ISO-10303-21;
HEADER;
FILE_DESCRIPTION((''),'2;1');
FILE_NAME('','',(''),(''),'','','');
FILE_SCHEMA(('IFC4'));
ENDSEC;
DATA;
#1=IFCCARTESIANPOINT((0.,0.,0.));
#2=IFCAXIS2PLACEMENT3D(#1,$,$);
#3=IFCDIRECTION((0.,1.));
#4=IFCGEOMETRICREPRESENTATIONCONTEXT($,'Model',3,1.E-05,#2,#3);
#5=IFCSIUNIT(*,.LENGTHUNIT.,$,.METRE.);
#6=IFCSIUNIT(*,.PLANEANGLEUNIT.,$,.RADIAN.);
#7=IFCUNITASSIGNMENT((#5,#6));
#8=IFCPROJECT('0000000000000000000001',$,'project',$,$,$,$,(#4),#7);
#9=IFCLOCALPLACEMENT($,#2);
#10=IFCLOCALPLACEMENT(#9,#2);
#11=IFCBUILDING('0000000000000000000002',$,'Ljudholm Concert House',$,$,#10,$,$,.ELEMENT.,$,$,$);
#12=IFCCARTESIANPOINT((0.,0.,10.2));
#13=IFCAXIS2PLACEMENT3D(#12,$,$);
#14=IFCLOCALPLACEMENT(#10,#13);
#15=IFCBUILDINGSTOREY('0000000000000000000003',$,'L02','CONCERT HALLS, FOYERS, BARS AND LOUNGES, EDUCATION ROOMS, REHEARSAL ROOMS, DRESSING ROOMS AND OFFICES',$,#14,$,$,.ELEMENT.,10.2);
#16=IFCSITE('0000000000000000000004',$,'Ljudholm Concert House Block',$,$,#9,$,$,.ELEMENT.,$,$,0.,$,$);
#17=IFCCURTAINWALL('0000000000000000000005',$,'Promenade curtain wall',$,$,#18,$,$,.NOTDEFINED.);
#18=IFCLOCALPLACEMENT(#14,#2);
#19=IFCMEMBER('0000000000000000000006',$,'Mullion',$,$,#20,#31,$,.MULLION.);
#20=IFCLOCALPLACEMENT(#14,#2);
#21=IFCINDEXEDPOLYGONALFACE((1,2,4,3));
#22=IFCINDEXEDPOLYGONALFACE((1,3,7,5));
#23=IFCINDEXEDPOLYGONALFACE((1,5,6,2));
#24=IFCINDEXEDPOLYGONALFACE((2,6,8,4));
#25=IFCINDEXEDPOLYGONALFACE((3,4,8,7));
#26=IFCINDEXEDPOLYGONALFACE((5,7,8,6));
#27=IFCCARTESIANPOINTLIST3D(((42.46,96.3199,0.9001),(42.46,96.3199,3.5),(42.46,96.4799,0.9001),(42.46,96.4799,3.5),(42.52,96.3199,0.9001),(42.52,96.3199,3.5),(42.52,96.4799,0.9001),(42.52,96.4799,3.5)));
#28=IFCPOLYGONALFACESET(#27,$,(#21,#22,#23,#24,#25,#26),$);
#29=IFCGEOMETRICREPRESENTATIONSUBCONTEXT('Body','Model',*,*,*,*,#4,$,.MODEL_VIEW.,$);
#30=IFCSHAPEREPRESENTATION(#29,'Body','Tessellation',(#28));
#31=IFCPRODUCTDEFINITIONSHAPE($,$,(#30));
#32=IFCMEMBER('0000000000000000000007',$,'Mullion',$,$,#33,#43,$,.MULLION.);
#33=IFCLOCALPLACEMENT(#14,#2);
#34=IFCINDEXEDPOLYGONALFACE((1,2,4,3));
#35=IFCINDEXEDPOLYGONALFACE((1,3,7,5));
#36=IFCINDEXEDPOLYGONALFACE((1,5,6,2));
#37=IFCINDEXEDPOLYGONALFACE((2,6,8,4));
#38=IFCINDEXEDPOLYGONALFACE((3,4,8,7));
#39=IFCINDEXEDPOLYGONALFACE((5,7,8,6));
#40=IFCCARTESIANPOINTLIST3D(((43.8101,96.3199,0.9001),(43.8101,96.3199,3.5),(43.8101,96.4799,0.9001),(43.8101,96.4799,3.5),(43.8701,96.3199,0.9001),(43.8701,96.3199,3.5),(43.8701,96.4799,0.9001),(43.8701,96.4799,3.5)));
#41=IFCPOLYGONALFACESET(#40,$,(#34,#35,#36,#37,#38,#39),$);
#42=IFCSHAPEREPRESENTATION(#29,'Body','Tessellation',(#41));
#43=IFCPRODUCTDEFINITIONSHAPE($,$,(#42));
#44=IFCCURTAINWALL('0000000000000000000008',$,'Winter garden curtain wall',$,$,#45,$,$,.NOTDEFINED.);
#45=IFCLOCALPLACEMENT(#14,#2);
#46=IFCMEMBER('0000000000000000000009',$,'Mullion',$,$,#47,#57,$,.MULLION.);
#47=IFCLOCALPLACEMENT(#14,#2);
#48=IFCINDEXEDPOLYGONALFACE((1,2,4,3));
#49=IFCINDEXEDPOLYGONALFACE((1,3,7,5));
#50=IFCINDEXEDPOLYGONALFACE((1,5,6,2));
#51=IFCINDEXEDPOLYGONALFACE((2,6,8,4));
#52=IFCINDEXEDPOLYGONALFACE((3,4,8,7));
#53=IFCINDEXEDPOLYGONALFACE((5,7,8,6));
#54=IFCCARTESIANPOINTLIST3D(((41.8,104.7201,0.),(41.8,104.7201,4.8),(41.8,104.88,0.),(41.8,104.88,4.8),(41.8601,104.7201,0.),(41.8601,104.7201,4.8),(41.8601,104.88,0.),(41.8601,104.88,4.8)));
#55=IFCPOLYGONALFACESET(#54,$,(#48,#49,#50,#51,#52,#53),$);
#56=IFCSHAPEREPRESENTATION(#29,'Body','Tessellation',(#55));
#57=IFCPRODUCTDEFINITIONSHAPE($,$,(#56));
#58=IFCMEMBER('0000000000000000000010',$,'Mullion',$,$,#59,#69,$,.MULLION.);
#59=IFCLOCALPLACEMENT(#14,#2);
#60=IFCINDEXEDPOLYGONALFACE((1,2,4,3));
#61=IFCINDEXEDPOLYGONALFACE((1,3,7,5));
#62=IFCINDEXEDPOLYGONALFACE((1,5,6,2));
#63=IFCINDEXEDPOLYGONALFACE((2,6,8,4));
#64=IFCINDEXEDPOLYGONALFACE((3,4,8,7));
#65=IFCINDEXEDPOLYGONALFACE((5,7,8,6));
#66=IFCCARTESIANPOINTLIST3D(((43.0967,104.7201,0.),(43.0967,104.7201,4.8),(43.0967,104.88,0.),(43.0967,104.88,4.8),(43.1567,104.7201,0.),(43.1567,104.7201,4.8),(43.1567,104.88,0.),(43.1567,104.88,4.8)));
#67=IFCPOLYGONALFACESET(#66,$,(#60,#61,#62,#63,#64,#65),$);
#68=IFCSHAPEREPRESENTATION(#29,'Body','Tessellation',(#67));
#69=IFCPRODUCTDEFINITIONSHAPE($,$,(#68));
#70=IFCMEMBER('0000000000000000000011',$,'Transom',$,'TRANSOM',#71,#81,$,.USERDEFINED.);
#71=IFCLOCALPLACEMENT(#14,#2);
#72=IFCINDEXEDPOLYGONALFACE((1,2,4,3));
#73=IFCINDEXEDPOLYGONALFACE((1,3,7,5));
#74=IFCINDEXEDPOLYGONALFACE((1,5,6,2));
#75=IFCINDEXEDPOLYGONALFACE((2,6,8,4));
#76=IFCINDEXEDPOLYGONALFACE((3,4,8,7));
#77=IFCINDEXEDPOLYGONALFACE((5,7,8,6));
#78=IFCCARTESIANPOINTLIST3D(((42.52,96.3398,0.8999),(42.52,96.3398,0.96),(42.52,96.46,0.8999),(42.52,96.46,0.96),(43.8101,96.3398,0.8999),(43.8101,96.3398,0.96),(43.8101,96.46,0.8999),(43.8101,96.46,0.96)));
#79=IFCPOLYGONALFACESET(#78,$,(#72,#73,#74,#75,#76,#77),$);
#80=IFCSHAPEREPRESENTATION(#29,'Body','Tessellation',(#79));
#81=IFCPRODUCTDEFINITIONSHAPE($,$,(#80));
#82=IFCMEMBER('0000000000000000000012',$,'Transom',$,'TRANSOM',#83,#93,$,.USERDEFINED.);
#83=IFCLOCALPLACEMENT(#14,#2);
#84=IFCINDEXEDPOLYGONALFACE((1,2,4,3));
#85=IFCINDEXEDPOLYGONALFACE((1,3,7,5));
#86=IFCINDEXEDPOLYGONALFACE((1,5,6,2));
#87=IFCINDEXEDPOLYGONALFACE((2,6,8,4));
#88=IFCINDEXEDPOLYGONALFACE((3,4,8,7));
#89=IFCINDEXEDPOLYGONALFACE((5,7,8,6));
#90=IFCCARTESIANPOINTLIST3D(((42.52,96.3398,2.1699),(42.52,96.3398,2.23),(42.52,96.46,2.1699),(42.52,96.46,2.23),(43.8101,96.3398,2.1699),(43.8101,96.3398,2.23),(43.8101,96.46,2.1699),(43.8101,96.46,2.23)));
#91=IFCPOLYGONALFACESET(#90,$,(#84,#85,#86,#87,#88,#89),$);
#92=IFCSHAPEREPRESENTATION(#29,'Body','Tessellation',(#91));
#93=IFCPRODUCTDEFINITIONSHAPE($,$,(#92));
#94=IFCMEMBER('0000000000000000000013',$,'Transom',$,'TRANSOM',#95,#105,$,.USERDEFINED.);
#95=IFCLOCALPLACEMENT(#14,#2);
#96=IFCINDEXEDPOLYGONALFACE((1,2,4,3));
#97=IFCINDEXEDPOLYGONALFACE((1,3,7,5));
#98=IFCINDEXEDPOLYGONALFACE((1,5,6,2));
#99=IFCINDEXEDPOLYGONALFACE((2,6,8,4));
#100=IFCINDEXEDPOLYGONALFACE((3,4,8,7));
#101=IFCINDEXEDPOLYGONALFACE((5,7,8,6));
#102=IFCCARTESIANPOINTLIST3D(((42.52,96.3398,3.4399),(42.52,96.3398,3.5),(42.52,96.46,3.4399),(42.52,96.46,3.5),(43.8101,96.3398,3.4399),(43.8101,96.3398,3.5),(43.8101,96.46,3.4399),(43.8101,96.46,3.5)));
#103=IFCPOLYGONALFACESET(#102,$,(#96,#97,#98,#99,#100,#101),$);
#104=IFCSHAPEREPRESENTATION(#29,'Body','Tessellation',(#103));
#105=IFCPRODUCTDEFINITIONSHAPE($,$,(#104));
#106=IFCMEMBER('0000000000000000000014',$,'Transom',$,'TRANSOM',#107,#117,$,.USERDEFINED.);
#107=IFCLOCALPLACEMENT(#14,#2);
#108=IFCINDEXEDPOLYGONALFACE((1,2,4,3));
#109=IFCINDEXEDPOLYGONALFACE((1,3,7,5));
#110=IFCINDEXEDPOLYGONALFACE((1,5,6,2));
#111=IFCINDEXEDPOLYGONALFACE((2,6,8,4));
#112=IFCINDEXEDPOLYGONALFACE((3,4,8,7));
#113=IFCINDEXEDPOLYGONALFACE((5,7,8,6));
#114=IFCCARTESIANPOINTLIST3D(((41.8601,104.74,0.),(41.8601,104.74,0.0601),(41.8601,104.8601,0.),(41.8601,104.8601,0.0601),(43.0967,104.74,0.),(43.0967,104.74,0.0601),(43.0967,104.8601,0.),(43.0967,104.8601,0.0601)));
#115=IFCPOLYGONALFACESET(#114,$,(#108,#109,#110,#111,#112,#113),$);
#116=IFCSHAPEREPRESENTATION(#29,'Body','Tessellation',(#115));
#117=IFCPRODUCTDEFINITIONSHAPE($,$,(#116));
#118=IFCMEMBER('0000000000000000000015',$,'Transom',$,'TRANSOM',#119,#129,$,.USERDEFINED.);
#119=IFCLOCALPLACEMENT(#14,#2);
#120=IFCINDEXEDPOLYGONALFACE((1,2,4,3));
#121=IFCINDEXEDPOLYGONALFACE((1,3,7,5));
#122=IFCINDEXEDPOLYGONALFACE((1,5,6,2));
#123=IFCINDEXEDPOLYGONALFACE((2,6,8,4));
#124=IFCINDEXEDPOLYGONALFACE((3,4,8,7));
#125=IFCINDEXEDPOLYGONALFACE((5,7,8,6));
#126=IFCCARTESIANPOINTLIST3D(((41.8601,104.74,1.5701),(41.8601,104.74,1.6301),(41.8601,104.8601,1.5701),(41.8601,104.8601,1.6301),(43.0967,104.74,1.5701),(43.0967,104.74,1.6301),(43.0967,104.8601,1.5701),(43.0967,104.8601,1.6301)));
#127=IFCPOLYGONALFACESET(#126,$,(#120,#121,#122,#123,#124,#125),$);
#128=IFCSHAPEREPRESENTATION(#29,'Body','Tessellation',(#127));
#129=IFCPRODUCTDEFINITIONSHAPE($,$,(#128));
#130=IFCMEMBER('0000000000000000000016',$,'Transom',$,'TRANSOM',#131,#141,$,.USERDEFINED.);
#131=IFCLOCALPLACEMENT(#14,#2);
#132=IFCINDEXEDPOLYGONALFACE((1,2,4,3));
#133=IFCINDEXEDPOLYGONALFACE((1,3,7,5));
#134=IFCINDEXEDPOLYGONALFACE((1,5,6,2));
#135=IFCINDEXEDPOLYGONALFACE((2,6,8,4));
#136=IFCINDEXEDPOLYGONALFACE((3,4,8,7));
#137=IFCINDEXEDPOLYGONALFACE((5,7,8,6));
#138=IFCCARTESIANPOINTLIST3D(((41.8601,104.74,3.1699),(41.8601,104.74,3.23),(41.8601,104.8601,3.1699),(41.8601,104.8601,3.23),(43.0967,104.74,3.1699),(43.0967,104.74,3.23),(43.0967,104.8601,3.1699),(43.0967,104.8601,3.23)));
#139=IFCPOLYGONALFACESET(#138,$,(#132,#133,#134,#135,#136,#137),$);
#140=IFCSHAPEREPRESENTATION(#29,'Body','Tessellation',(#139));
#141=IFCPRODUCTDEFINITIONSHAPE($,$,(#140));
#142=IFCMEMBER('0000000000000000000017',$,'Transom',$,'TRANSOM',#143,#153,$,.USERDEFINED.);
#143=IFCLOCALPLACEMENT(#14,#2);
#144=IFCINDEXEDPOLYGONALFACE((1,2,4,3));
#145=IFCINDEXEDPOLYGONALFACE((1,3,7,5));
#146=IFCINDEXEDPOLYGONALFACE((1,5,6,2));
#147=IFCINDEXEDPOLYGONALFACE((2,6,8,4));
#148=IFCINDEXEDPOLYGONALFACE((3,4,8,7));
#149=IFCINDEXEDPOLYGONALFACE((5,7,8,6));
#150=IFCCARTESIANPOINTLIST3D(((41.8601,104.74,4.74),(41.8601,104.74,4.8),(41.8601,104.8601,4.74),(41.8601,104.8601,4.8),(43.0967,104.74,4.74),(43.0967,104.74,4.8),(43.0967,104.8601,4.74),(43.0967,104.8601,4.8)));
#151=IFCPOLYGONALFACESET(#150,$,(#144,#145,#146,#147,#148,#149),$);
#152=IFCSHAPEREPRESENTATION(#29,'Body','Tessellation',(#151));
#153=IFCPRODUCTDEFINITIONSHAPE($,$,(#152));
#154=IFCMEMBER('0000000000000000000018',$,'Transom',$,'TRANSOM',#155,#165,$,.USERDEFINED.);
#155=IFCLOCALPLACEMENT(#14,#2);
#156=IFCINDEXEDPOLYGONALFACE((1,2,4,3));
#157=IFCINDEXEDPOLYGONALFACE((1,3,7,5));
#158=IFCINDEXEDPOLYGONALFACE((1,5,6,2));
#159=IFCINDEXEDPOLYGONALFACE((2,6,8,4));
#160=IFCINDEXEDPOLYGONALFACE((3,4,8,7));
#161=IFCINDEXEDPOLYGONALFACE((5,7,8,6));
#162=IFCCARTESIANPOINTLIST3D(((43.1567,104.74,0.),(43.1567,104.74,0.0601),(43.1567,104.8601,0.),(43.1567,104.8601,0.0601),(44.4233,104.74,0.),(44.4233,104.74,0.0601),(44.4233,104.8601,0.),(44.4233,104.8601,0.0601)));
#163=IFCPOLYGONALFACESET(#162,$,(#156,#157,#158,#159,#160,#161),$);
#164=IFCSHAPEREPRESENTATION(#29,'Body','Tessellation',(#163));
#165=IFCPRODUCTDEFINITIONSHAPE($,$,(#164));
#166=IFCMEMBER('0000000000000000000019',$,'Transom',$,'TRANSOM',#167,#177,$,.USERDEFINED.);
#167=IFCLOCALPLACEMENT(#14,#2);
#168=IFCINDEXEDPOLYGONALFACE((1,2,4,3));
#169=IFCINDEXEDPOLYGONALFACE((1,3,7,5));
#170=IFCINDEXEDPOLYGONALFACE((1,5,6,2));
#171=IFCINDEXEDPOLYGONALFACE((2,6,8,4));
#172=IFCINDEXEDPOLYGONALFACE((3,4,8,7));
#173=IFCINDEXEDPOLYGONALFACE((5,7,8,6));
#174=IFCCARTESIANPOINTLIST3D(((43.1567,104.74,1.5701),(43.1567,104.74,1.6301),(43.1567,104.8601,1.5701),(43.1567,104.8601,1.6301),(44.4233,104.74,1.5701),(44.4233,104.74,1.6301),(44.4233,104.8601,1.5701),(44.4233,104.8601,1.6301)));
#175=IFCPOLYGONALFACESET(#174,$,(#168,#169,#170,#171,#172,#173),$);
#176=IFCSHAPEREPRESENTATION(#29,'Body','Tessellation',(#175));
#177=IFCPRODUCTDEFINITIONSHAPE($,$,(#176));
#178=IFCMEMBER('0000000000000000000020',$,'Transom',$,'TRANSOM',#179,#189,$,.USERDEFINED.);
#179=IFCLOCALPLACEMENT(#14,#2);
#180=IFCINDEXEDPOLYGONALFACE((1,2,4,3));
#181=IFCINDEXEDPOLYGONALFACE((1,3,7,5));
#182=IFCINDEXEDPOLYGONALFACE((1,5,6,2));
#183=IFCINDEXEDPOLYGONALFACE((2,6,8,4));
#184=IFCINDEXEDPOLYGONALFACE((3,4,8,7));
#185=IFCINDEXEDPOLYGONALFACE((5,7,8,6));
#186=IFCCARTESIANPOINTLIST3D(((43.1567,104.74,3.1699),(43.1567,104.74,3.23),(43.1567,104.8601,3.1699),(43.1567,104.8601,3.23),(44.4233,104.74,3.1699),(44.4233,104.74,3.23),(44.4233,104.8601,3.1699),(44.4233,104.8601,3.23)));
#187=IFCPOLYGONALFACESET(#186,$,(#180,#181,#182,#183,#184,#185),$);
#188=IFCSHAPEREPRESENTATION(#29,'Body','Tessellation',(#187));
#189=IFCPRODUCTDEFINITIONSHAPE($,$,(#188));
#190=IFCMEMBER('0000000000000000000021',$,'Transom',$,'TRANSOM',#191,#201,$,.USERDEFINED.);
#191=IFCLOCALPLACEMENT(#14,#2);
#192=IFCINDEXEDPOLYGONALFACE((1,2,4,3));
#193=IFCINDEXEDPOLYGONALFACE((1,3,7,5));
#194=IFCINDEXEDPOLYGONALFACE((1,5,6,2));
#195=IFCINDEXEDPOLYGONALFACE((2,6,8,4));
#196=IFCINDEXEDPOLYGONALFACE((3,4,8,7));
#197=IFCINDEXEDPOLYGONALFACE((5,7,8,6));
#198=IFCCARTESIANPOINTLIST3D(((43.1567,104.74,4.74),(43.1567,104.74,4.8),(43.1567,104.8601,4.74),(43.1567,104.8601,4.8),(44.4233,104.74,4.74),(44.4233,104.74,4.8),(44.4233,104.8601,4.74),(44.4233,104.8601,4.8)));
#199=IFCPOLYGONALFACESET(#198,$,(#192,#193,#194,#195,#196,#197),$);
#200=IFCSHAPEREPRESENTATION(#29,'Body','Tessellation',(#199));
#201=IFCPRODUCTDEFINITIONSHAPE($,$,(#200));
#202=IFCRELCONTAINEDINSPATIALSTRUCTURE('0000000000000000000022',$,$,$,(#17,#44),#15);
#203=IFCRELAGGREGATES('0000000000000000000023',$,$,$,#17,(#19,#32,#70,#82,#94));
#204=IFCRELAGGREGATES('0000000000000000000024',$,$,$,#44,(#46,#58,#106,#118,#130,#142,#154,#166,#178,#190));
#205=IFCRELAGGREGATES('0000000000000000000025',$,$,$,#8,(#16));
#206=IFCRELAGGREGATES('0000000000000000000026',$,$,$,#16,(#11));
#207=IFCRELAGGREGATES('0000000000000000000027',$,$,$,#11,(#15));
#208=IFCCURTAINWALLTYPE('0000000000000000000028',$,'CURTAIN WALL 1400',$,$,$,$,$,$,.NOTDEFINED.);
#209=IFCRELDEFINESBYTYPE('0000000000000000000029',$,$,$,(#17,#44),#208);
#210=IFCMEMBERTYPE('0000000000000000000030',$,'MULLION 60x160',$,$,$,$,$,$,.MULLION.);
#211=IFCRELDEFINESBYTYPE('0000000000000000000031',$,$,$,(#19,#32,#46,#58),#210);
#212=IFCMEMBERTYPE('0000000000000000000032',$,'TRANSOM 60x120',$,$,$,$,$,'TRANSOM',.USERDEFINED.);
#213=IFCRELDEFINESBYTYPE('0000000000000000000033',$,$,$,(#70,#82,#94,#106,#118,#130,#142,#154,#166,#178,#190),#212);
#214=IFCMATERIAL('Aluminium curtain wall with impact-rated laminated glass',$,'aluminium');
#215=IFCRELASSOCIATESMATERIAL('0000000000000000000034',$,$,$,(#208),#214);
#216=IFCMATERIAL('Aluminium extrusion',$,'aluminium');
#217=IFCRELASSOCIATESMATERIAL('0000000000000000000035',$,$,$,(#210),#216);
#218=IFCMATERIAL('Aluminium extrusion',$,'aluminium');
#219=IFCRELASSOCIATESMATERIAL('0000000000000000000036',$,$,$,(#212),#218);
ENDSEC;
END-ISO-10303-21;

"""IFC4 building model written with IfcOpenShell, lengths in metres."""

from ifc_helpers import new_model, si_unit, direction, frame, origin, origin_2d, place, context, subcontext, project, spatial, rectangle, extrude, material, material_profile, profile_set, type_object, element, aggregate, save


model = new_model("IFC4")

# Units and contexts
model_context = context("Model", 3, precision=1e-05, world=origin(), true_north=direction((0.0, 1.0)))
body_context = subcontext(model_context, "Body", "Model", "MODEL_VIEW")
ifc_project = project(units=[si_unit("LENGTHUNIT", "METRE"), si_unit("PLANEANGLEUNIT", "RADIAN")], contexts=[model_context])

# Site, building, storey
site_placement = place(None, origin())
site = spatial("IfcSite", under=ifc_project, at=site_placement, Name="Ljudholm Concert House Block", CompositionType="ELEMENT", RefElevation=0.0)
building_placement = place(site_placement, origin())
building = spatial("IfcBuilding", under=site, at=building_placement, Name="Ljudholm Concert House", CompositionType="ELEMENT")
storey_placement = place(building_placement, frame((0.0, 0.0, 10.2)))
storey = spatial("IfcBuildingStorey", under=building, at=storey_placement, Name="L02", Description="CONCERT HALLS, FOYERS, BARS AND LOUNGES, EDUCATION ROOMS, REHEARSAL ROOMS, DRESSING ROOMS AND OFFICES", CompositionType="ELEMENT", Elevation=10.2)

# Curtain walls, members
ifc_material_1 = material(Name="Aluminium curtain wall with impact-rated laminated glass", Category="aluminium")
curtain_wall_type = type_object("IfcCurtainWallType", Name="CURTAIN WALL 1400", PredefinedType="NOTDEFINED", material=ifc_material_1)
curtain_wall_1_placement = place(storey_placement, origin())
curtain_wall_1 = element("IfcCurtainWall", 1, at=curtain_wall_1_placement, inside=storey, type_object=curtain_wall_type, Name="Promenade curtain wall", PredefinedType="NOTDEFINED")
ifc_material_2 = material(Name="Aluminium extrusion", Category="aluminium")
ifc_material_profile_1 = material_profile(ifc_material_2, rectangle(XDim=0.1599, YDim=0.0601, at=origin_2d()), Name="MULLION 60x160")
ifc_profile_set_1 = profile_set([ifc_material_profile_1], Name="Aluminium extrusion")
member_type_1 = type_object("IfcMemberType", Name="MULLION 60x160", PredefinedType="MULLION", material=ifc_profile_set_1)
member_1_placement = place(storey_placement, frame((42.49, 96.3999, 0.9001), z_axis=(0.0, 0.0, 1.0), x_axis=(0.0, 1.0, 0.0)))
member_1 = element("IfcMember", 2, at=member_1_placement, type_object=member_type_1, Name="Mullion", PredefinedType="MULLION", context=body_context, shape_type="SweptSolid", body=[
    extrude(rectangle(XDim=0.1599, YDim=0.0601, at=origin_2d()), origin(), (0.0, 0.0, 1.0), 2.5999),
])
member_2_placement = place(storey_placement, frame((43.8401, 96.3999, 0.9001), z_axis=(0.0, 0.0, 1.0), x_axis=(0.0, 1.0, 0.0)))
member_2 = element("IfcMember", 3, at=member_2_placement, type_object=member_type_1, Name="Mullion", PredefinedType="MULLION", context=body_context, shape_type="SweptSolid", body=[
    extrude(rectangle(XDim=0.1599, YDim=0.0601, at=origin_2d()), origin(), (0.0, 0.0, 1.0), 2.5999),
])
curtain_wall_2_placement = place(storey_placement, origin())
curtain_wall_2 = element("IfcCurtainWall", 4, at=curtain_wall_2_placement, inside=storey, type_object=curtain_wall_type, Name="Winter garden curtain wall", PredefinedType="NOTDEFINED")
member_3_placement = place(storey_placement, frame((41.8301, 104.8, 0.0), z_axis=(0.0, 0.0, 1.0), x_axis=(0.0, 1.0, 0.0)))
member_3 = element("IfcMember", 5, at=member_3_placement, type_object=member_type_1, Name="Mullion", PredefinedType="MULLION", context=body_context, shape_type="SweptSolid", body=[
    extrude(rectangle(XDim=0.1599, YDim=0.0601, at=origin_2d()), origin(), (0.0, 0.0, 1.0), 4.8),
])
member_4_placement = place(storey_placement, frame((43.1267, 104.8, 0.0), z_axis=(0.0, 0.0, 1.0), x_axis=(0.0, 1.0, 0.0)))
member_4 = element("IfcMember", 6, at=member_4_placement, type_object=member_type_1, Name="Mullion", PredefinedType="MULLION", context=body_context, shape_type="SweptSolid", body=[
    extrude(rectangle(XDim=0.1599, YDim=0.0601, at=origin_2d()), origin(), (0.0, 0.0, 1.0), 4.8),
])

# Members
ifc_material_3 = material(Name="Aluminium extrusion", Category="aluminium")
ifc_material_profile_2 = material_profile(ifc_material_3, rectangle(XDim=0.1201, YDim=0.0601, at=origin_2d()), Name="TRANSOM 60x120")
ifc_profile_set_2 = profile_set([ifc_material_profile_2], Name="Aluminium extrusion")
member_type_2 = type_object("IfcMemberType", Name="TRANSOM 60x120", ElementType="TRANSOM", PredefinedType="USERDEFINED", material=ifc_profile_set_2)
member_5_placement = place(storey_placement, frame((42.52, 96.3999, 0.9299), z_axis=(1.0, 0.0, 0.0), x_axis=(0.0, 1.0, 0.0)))
member_5 = element("IfcMember", 7, at=member_5_placement, type_object=member_type_2, Name="Transom", ObjectType="TRANSOM", PredefinedType="USERDEFINED", context=body_context, shape_type="SweptSolid", body=[
    extrude(rectangle(XDim=0.1201, YDim=0.0601, at=origin_2d()), origin(), (0.0, 0.0, 1.0), 1.29),
])
member_6_placement = place(storey_placement, frame((42.52, 96.3999, 2.2), z_axis=(1.0, 0.0, 0.0), x_axis=(0.0, 1.0, 0.0)))
member_6 = element("IfcMember", 8, at=member_6_placement, type_object=member_type_2, Name="Transom", ObjectType="TRANSOM", PredefinedType="USERDEFINED", context=body_context, shape_type="SweptSolid", body=[
    extrude(rectangle(XDim=0.1201, YDim=0.0601, at=origin_2d()), origin(), (0.0, 0.0, 1.0), 1.29),
])
member_7_placement = place(storey_placement, frame((42.52, 96.3999, 3.47), z_axis=(1.0, 0.0, 0.0), x_axis=(0.0, 1.0, 0.0)))
member_7 = element("IfcMember", 9, at=member_7_placement, type_object=member_type_2, Name="Transom", ObjectType="TRANSOM", PredefinedType="USERDEFINED", context=body_context, shape_type="SweptSolid", body=[
    extrude(rectangle(XDim=0.1201, YDim=0.0601, at=origin_2d()), origin(), (0.0, 0.0, 1.0), 1.29),
])
member_8_placement = place(storey_placement, frame((41.8601, 104.8, 0.03), z_axis=(1.0, 0.0, 0.0), x_axis=(0.0, 1.0, 0.0)))
member_8 = element("IfcMember", 10, at=member_8_placement, type_object=member_type_2, Name="Transom", ObjectType="TRANSOM", PredefinedType="USERDEFINED", context=body_context, shape_type="SweptSolid", body=[
    extrude(rectangle(XDim=0.1201, YDim=0.0601, at=origin_2d()), origin(), (0.0, 0.0, 1.0), 1.2366),
])
member_9_placement = place(storey_placement, frame((41.8601, 104.8, 1.6001), z_axis=(1.0, 0.0, 0.0), x_axis=(0.0, 1.0, 0.0)))
member_9 = element("IfcMember", 11, at=member_9_placement, type_object=member_type_2, Name="Transom", ObjectType="TRANSOM", PredefinedType="USERDEFINED", context=body_context, shape_type="SweptSolid", body=[
    extrude(rectangle(XDim=0.1201, YDim=0.0601, at=origin_2d()), origin(), (0.0, 0.0, 1.0), 1.2366),
])
member_10_placement = place(storey_placement, frame((41.8601, 104.8, 3.2), z_axis=(1.0, 0.0, 0.0), x_axis=(0.0, 1.0, 0.0)))
member_10 = element("IfcMember", 12, at=member_10_placement, type_object=member_type_2, Name="Transom", ObjectType="TRANSOM", PredefinedType="USERDEFINED", context=body_context, shape_type="SweptSolid", body=[
    extrude(rectangle(XDim=0.1201, YDim=0.0601, at=origin_2d()), origin(), (0.0, 0.0, 1.0), 1.2366),
])
member_11_placement = place(storey_placement, frame((41.8601, 104.8, 4.77), z_axis=(1.0, 0.0, 0.0), x_axis=(0.0, 1.0, 0.0)))
member_11 = element("IfcMember", 13, at=member_11_placement, type_object=member_type_2, Name="Transom", ObjectType="TRANSOM", PredefinedType="USERDEFINED", context=body_context, shape_type="SweptSolid", body=[
    extrude(rectangle(XDim=0.1201, YDim=0.0601, at=origin_2d()), origin(), (0.0, 0.0, 1.0), 1.2366),
])
member_12_placement = place(storey_placement, frame((43.1567, 104.8, 0.03), z_axis=(1.0, 0.0, 0.0), x_axis=(0.0, 1.0, 0.0)))
member_12 = element("IfcMember", 14, at=member_12_placement, type_object=member_type_2, Name="Transom", ObjectType="TRANSOM", PredefinedType="USERDEFINED", context=body_context, shape_type="SweptSolid", body=[
    extrude(rectangle(XDim=0.1201, YDim=0.0601, at=origin_2d()), origin(), (0.0, 0.0, 1.0), 1.2666),
])
member_13_placement = place(storey_placement, frame((43.1567, 104.8, 1.6001), z_axis=(1.0, 0.0, 0.0), x_axis=(0.0, 1.0, 0.0)))
member_13 = element("IfcMember", 15, at=member_13_placement, type_object=member_type_2, Name="Transom", ObjectType="TRANSOM", PredefinedType="USERDEFINED", context=body_context, shape_type="SweptSolid", body=[
    extrude(rectangle(XDim=0.1201, YDim=0.0601, at=origin_2d()), origin(), (0.0, 0.0, 1.0), 1.2666),
])
member_14_placement = place(storey_placement, frame((43.1567, 104.8, 3.2), z_axis=(1.0, 0.0, 0.0), x_axis=(0.0, 1.0, 0.0)))
member_14 = element("IfcMember", 16, at=member_14_placement, type_object=member_type_2, Name="Transom", ObjectType="TRANSOM", PredefinedType="USERDEFINED", context=body_context, shape_type="SweptSolid", body=[
    extrude(rectangle(XDim=0.1201, YDim=0.0601, at=origin_2d()), origin(), (0.0, 0.0, 1.0), 1.2666),
])
member_15_placement = place(storey_placement, frame((43.1567, 104.8, 4.77), z_axis=(1.0, 0.0, 0.0), x_axis=(0.0, 1.0, 0.0)))
member_15 = element("IfcMember", 17, at=member_15_placement, type_object=member_type_2, Name="Transom", ObjectType="TRANSOM", PredefinedType="USERDEFINED", context=body_context, shape_type="SweptSolid", body=[
    extrude(rectangle(XDim=0.1201, YDim=0.0601, at=origin_2d()), origin(), (0.0, 0.0, 1.0), 1.2666),
])

aggregate(curtain_wall_1, [member_1, member_2, member_5, member_6, member_7])
aggregate(curtain_wall_2, [member_3, member_4, member_8, member_9, member_10, member_11, member_12, member_13, member_14, member_15])

save(model, "model.ifc")
